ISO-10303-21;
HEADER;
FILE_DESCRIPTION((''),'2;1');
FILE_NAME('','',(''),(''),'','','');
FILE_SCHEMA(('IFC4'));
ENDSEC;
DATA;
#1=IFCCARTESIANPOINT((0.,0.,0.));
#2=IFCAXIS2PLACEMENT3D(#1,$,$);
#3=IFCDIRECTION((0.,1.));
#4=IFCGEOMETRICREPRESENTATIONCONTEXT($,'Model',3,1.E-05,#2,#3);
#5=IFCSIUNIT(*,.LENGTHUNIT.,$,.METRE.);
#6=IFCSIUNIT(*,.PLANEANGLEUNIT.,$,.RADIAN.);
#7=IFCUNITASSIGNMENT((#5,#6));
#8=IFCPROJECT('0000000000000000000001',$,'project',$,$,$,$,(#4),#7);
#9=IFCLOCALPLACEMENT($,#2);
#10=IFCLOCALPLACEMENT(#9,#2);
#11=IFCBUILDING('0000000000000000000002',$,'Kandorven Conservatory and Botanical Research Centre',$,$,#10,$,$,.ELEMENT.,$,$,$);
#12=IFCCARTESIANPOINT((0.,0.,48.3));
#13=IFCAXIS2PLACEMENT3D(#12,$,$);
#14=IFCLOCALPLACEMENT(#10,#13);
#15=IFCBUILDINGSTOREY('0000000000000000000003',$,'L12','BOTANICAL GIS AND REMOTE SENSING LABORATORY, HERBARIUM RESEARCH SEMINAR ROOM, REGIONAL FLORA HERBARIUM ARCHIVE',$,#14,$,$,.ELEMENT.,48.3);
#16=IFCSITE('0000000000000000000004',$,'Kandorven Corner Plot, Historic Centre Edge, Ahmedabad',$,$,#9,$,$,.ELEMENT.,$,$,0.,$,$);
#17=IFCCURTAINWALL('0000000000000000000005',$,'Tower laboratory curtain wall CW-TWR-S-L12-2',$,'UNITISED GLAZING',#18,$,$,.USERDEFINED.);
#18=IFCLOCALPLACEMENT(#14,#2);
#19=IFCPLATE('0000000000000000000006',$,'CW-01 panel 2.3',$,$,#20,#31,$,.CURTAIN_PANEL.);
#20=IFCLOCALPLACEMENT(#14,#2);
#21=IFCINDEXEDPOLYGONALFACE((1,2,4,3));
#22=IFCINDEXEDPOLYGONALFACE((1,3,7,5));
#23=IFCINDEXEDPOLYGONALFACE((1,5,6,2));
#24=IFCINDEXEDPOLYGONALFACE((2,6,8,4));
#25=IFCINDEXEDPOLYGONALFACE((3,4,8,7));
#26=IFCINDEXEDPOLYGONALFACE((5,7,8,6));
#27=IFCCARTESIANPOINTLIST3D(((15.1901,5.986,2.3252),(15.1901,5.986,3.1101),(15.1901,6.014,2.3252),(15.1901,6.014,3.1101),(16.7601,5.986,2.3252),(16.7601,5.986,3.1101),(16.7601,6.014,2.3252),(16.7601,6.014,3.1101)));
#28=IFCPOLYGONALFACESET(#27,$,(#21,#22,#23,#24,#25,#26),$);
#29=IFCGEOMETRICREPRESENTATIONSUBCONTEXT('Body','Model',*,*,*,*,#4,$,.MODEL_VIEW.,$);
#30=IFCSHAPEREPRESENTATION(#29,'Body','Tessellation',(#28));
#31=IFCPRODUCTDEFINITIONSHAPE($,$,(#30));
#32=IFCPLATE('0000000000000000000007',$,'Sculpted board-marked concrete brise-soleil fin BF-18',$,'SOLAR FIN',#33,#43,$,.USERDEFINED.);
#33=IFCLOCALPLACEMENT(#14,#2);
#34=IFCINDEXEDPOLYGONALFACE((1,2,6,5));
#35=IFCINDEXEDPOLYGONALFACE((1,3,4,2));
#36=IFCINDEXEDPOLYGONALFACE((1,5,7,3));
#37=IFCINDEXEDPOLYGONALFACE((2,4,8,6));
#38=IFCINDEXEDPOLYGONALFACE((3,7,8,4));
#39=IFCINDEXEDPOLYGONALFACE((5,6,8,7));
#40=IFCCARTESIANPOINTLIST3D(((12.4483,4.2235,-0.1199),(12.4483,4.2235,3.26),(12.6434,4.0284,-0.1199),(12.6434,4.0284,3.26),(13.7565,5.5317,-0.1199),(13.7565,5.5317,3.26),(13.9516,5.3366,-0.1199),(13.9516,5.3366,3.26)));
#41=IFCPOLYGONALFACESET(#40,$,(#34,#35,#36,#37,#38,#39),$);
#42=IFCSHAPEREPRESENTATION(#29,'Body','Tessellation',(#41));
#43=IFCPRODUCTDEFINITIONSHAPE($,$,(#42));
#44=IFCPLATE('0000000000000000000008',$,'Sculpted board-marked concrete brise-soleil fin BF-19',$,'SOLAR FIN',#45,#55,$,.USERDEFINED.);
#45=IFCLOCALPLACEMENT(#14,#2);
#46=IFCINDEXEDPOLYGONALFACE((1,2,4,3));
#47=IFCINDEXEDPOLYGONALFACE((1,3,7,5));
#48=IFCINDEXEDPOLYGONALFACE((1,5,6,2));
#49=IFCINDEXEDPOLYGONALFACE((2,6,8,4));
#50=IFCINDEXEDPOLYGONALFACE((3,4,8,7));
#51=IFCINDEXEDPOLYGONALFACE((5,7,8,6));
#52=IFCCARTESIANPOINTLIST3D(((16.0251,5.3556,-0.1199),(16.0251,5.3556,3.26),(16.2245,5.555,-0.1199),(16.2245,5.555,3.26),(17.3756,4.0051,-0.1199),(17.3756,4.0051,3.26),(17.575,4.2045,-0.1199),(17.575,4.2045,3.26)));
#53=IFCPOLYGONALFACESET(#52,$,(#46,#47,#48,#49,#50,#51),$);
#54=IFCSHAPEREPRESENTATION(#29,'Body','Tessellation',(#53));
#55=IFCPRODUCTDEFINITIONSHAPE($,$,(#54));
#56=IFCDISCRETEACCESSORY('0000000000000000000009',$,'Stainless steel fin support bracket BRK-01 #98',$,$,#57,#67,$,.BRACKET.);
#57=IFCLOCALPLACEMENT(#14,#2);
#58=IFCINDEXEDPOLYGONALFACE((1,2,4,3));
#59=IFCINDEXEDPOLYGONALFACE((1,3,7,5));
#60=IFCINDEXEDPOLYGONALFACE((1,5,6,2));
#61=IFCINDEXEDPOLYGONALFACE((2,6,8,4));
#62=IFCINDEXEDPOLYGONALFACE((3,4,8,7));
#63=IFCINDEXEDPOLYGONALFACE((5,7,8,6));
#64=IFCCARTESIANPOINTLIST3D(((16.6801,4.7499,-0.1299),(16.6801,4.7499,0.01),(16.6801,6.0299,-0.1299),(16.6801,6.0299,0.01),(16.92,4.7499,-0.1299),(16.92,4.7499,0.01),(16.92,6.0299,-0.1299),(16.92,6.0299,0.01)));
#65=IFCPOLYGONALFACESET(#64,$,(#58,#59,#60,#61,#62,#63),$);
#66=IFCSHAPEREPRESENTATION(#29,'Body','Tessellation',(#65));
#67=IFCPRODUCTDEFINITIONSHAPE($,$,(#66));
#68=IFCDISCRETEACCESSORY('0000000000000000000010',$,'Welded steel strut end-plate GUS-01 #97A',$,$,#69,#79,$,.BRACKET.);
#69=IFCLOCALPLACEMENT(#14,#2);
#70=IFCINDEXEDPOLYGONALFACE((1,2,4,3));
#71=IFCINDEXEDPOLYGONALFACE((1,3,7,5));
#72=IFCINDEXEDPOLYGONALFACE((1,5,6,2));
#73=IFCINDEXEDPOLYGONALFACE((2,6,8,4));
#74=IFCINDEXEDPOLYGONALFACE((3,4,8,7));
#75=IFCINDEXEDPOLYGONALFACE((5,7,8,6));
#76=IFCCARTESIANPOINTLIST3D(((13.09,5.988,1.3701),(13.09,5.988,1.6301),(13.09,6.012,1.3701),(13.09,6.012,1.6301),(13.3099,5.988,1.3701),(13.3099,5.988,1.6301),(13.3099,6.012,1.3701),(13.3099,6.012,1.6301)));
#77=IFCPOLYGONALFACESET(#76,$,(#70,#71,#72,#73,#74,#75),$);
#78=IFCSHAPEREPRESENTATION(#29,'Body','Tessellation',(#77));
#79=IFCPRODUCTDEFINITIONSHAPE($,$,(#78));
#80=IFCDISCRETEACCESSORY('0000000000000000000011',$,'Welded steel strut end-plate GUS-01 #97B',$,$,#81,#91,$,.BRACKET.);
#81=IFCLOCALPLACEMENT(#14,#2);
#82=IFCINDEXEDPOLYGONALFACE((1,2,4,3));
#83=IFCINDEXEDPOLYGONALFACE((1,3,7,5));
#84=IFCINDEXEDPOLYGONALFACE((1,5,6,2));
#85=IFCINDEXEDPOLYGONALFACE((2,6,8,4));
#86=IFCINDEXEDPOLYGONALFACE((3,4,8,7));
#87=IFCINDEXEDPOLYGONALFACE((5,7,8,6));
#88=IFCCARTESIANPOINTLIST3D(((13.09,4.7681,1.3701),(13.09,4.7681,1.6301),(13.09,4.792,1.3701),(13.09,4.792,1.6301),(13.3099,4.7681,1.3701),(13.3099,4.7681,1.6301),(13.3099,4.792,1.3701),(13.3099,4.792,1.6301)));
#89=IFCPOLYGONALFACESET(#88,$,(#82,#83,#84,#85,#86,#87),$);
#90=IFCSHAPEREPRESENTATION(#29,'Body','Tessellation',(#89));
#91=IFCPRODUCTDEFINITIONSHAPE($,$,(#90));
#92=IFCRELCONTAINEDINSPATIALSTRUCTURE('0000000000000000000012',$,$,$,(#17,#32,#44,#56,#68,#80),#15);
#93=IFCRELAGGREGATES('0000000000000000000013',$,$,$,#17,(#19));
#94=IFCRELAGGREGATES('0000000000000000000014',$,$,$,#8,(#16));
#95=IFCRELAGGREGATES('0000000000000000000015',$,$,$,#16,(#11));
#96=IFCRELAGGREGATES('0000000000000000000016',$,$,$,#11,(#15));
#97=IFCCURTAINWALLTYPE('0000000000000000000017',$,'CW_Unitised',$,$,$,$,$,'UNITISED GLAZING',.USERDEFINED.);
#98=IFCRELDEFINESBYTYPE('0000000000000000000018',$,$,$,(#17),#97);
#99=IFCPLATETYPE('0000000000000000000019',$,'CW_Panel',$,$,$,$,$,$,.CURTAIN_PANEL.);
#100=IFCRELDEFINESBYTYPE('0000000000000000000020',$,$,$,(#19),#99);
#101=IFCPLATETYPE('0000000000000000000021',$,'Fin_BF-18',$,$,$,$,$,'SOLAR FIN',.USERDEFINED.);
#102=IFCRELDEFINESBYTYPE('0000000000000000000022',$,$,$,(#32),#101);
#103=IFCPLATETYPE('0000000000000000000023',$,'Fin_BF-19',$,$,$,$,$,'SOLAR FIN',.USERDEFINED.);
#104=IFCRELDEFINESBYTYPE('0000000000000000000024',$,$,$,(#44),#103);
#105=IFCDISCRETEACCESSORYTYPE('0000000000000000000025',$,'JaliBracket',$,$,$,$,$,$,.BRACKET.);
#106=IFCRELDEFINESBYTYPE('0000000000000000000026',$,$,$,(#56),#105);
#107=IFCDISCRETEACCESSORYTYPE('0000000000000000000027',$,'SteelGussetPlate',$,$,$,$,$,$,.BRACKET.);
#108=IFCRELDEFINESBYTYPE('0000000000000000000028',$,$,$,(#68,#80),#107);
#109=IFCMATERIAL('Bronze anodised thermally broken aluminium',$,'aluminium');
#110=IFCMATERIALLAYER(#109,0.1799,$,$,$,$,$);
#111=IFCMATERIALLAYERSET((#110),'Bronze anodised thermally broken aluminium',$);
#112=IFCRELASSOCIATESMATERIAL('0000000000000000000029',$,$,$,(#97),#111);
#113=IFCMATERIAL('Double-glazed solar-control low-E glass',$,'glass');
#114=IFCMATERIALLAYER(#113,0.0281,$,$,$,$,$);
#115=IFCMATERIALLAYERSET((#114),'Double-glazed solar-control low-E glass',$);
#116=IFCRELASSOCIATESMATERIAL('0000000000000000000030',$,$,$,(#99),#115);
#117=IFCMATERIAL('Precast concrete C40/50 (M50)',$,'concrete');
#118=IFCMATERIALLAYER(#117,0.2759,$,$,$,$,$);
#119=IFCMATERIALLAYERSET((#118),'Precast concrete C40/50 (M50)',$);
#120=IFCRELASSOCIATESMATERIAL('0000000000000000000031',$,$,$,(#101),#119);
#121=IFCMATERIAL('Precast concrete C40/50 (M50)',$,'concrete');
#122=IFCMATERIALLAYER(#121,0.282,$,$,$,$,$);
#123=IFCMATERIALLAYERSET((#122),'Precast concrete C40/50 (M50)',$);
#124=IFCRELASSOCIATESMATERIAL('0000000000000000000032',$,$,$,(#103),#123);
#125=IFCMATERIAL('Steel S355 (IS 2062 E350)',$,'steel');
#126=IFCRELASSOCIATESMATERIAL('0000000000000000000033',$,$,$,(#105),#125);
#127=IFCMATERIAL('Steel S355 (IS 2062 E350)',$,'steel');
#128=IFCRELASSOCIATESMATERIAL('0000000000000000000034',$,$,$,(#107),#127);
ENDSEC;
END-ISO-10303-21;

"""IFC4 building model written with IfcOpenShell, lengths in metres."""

from ifc_helpers import new_model, si_unit, direction, frame, origin, origin_2d, place, context, subcontext, project, spatial, rectangle, extrude, material, layer, layer_set, type_object, element, aggregate, save


model = new_model("IFC4")

# Units and contexts
model_context = context("Model", 3, precision=1e-05, world=origin(), true_north=direction((0.0, 1.0)))
body_context = subcontext(model_context, "Body", "Model", "MODEL_VIEW")
ifc_project = project(units=[si_unit("LENGTHUNIT", "METRE"), si_unit("PLANEANGLEUNIT", "RADIAN")], contexts=[model_context])

# Site, building, storey
site_placement = place(None, origin())
site = spatial("IfcSite", under=ifc_project, at=site_placement, Name="Kandorven Corner Plot, Historic Centre Edge, Ahmedabad", CompositionType="ELEMENT", RefElevation=0.0)
building_placement = place(site_placement, origin())
building = spatial("IfcBuilding", under=site, at=building_placement, Name="Kandorven Conservatory and Botanical Research Centre", CompositionType="ELEMENT")
storey_placement = place(building_placement, frame((0.0, 0.0, 48.3)))
storey = spatial("IfcBuildingStorey", under=building, at=storey_placement, Name="L12", Description="BOTANICAL GIS AND REMOTE SENSING LABORATORY, HERBARIUM RESEARCH SEMINAR ROOM, REGIONAL FLORA HERBARIUM ARCHIVE", CompositionType="ELEMENT", Elevation=48.3)

# Curtain wall
ifc_material_1 = material(Name="Bronze anodised thermally broken aluminium", Category="aluminium")
ifc_layer_1 = layer(ifc_material_1, 0.1799)
ifc_layer_set_1 = layer_set([ifc_layer_1], Name="Bronze anodised thermally broken aluminium")
curtain_wall_type = type_object("IfcCurtainWallType", Name="CW_Unitised", ElementType="UNITISED GLAZING", PredefinedType="USERDEFINED", material=ifc_layer_set_1)
curtain_wall_placement = place(storey_placement, origin())
curtain_wall = element("IfcCurtainWall", 1, at=curtain_wall_placement, inside=storey, type_object=curtain_wall_type, Name="Tower laboratory curtain wall CW-TWR-S-L12-2", ObjectType="UNITISED GLAZING", PredefinedType="USERDEFINED")

# Plate
ifc_material_2 = material(Name="Double-glazed solar-control low-E glass", Category="glass")
ifc_layer_2 = layer(ifc_material_2, 0.0281)
ifc_layer_set_2 = layer_set([ifc_layer_2], Name="Double-glazed solar-control low-E glass")
plate_type_1 = type_object("IfcPlateType", Name="CW_Panel", PredefinedType="CURTAIN_PANEL", material=ifc_layer_set_2)
plate_1_placement = place(storey_placement, frame((15.9751, 6.0, 2.3252), z_axis=(0.0, 0.0, 1.0), x_axis=(1.0, 0.0, 0.0)))
plate_1 = element("IfcPlate", 2, at=plate_1_placement, type_object=plate_type_1, Name="CW-01 panel 2.3", PredefinedType="CURTAIN_PANEL", context=body_context, shape_type="SweptSolid", body=[
    extrude(rectangle(XDim=1.5701, YDim=0.0281, at=origin_2d()), origin(), (0.0, 0.0, 1.0), 0.7849),
])
aggregate(curtain_wall, [plate_1])

# Plates
ifc_material_3 = material(Name="Precast concrete C40/50 (M50)", Category="concrete")
ifc_layer_3 = layer(ifc_material_3, 0.2759)
ifc_layer_set_3 = layer_set([ifc_layer_3], Name="Precast concrete C40/50 (M50)")
plate_type_2 = type_object("IfcPlateType", Name="Fin_BF-18", ElementType="SOLAR FIN", PredefinedType="USERDEFINED", material=ifc_layer_set_3)
plate_2_placement = place(storey_placement, frame((13.2, 4.78, -0.1199), z_axis=(0.0, 0.0, 1.0), x_axis=(0.707107, 0.707107, 0.0)))
element("IfcPlate", 3, at=plate_2_placement, inside=storey, type_object=plate_type_2, Name="Sculpted board-marked concrete brise-soleil fin BF-18", ObjectType="SOLAR FIN", PredefinedType="USERDEFINED", context=body_context, shape_type="SweptSolid", body=[
    extrude(rectangle(XDim=1.8501, YDim=0.2759, at=origin_2d()), origin(), (0.0, 0.0, 1.0), 3.3799),
])
ifc_material_4 = material(Name="Precast concrete C40/50 (M50)", Category="concrete")
ifc_layer_4 = layer(ifc_material_4, 0.282)
ifc_layer_set_4 = layer_set([ifc_layer_4], Name="Precast concrete C40/50 (M50)")
plate_type_3 = type_object("IfcPlateType", Name="Fin_BF-19", ElementType="SOLAR FIN", PredefinedType="USERDEFINED", material=ifc_layer_set_4)
plate_3_placement = place(storey_placement, frame((16.8, 4.78, -0.1199), z_axis=(0.0, 0.0, 1.0), x_axis=(-0.707107, 0.707107, 0.0)))
element("IfcPlate", 4, at=plate_3_placement, inside=storey, type_object=plate_type_3, Name="Sculpted board-marked concrete brise-soleil fin BF-19", ObjectType="SOLAR FIN", PredefinedType="USERDEFINED", context=body_context, shape_type="SweptSolid", body=[
    extrude(rectangle(XDim=1.9099, YDim=0.282, at=origin_2d()), origin(), (0.0, 0.0, 1.0), 3.3799),
])

# Discrete accessories
ifc_material_5 = material(Name="Steel S355 (IS 2062 E350)", Category="steel")
discrete_accessory_type_1 = type_object("IfcDiscreteAccessoryType", Name="JaliBracket", PredefinedType="BRACKET", material=ifc_material_5)
discrete_accessory_placement = place(storey_placement, frame((16.8, 5.3899, -0.1299), z_axis=(0.0, 0.0, 1.0), x_axis=(1.0, 0.0, 0.0)))
element("IfcDiscreteAccessory", 5, at=discrete_accessory_placement, inside=storey, type_object=discrete_accessory_type_1, Name="Stainless steel fin support bracket BRK-01 #98", PredefinedType="BRACKET", context=body_context, shape_type="SweptSolid", body=[
    extrude(rectangle(XDim=0.24, YDim=1.28, at=origin_2d()), origin(), (0.0, 0.0, 1.0), 0.1399),
])
ifc_material_6 = material(Name="Steel S355 (IS 2062 E350)", Category="steel")
discrete_accessory_type_2 = type_object("IfcDiscreteAccessoryType", Name="SteelGussetPlate", PredefinedType="BRACKET", material=ifc_material_6)
for number, where, z_axis, x_axis, name in (
    (6, (13.2, 6.0, 1.3701), (0.0, 0.0, 1.0), (1.0, 0.0, 0.0), "Welded steel strut end-plate GUS-01 #97A"),
    (7, (13.2, 4.78, 1.3701), (0.0, 0.0, 1.0), (1.0, 0.0, 0.0), "Welded steel strut end-plate GUS-01 #97B"),
):
    element("IfcDiscreteAccessory", number, at=place(storey_placement, frame(where, z_axis=z_axis, x_axis=x_axis)), inside=storey, type_object=discrete_accessory_type_2, Name=name, PredefinedType="BRACKET", context=body_context, shape_type="SweptSolid", body=[
        extrude(rectangle(XDim=0.22, YDim=0.0239, at=origin_2d()), origin(), (0.0, 0.0, 1.0), 0.26),
    ])

save(model, "model.ifc")
